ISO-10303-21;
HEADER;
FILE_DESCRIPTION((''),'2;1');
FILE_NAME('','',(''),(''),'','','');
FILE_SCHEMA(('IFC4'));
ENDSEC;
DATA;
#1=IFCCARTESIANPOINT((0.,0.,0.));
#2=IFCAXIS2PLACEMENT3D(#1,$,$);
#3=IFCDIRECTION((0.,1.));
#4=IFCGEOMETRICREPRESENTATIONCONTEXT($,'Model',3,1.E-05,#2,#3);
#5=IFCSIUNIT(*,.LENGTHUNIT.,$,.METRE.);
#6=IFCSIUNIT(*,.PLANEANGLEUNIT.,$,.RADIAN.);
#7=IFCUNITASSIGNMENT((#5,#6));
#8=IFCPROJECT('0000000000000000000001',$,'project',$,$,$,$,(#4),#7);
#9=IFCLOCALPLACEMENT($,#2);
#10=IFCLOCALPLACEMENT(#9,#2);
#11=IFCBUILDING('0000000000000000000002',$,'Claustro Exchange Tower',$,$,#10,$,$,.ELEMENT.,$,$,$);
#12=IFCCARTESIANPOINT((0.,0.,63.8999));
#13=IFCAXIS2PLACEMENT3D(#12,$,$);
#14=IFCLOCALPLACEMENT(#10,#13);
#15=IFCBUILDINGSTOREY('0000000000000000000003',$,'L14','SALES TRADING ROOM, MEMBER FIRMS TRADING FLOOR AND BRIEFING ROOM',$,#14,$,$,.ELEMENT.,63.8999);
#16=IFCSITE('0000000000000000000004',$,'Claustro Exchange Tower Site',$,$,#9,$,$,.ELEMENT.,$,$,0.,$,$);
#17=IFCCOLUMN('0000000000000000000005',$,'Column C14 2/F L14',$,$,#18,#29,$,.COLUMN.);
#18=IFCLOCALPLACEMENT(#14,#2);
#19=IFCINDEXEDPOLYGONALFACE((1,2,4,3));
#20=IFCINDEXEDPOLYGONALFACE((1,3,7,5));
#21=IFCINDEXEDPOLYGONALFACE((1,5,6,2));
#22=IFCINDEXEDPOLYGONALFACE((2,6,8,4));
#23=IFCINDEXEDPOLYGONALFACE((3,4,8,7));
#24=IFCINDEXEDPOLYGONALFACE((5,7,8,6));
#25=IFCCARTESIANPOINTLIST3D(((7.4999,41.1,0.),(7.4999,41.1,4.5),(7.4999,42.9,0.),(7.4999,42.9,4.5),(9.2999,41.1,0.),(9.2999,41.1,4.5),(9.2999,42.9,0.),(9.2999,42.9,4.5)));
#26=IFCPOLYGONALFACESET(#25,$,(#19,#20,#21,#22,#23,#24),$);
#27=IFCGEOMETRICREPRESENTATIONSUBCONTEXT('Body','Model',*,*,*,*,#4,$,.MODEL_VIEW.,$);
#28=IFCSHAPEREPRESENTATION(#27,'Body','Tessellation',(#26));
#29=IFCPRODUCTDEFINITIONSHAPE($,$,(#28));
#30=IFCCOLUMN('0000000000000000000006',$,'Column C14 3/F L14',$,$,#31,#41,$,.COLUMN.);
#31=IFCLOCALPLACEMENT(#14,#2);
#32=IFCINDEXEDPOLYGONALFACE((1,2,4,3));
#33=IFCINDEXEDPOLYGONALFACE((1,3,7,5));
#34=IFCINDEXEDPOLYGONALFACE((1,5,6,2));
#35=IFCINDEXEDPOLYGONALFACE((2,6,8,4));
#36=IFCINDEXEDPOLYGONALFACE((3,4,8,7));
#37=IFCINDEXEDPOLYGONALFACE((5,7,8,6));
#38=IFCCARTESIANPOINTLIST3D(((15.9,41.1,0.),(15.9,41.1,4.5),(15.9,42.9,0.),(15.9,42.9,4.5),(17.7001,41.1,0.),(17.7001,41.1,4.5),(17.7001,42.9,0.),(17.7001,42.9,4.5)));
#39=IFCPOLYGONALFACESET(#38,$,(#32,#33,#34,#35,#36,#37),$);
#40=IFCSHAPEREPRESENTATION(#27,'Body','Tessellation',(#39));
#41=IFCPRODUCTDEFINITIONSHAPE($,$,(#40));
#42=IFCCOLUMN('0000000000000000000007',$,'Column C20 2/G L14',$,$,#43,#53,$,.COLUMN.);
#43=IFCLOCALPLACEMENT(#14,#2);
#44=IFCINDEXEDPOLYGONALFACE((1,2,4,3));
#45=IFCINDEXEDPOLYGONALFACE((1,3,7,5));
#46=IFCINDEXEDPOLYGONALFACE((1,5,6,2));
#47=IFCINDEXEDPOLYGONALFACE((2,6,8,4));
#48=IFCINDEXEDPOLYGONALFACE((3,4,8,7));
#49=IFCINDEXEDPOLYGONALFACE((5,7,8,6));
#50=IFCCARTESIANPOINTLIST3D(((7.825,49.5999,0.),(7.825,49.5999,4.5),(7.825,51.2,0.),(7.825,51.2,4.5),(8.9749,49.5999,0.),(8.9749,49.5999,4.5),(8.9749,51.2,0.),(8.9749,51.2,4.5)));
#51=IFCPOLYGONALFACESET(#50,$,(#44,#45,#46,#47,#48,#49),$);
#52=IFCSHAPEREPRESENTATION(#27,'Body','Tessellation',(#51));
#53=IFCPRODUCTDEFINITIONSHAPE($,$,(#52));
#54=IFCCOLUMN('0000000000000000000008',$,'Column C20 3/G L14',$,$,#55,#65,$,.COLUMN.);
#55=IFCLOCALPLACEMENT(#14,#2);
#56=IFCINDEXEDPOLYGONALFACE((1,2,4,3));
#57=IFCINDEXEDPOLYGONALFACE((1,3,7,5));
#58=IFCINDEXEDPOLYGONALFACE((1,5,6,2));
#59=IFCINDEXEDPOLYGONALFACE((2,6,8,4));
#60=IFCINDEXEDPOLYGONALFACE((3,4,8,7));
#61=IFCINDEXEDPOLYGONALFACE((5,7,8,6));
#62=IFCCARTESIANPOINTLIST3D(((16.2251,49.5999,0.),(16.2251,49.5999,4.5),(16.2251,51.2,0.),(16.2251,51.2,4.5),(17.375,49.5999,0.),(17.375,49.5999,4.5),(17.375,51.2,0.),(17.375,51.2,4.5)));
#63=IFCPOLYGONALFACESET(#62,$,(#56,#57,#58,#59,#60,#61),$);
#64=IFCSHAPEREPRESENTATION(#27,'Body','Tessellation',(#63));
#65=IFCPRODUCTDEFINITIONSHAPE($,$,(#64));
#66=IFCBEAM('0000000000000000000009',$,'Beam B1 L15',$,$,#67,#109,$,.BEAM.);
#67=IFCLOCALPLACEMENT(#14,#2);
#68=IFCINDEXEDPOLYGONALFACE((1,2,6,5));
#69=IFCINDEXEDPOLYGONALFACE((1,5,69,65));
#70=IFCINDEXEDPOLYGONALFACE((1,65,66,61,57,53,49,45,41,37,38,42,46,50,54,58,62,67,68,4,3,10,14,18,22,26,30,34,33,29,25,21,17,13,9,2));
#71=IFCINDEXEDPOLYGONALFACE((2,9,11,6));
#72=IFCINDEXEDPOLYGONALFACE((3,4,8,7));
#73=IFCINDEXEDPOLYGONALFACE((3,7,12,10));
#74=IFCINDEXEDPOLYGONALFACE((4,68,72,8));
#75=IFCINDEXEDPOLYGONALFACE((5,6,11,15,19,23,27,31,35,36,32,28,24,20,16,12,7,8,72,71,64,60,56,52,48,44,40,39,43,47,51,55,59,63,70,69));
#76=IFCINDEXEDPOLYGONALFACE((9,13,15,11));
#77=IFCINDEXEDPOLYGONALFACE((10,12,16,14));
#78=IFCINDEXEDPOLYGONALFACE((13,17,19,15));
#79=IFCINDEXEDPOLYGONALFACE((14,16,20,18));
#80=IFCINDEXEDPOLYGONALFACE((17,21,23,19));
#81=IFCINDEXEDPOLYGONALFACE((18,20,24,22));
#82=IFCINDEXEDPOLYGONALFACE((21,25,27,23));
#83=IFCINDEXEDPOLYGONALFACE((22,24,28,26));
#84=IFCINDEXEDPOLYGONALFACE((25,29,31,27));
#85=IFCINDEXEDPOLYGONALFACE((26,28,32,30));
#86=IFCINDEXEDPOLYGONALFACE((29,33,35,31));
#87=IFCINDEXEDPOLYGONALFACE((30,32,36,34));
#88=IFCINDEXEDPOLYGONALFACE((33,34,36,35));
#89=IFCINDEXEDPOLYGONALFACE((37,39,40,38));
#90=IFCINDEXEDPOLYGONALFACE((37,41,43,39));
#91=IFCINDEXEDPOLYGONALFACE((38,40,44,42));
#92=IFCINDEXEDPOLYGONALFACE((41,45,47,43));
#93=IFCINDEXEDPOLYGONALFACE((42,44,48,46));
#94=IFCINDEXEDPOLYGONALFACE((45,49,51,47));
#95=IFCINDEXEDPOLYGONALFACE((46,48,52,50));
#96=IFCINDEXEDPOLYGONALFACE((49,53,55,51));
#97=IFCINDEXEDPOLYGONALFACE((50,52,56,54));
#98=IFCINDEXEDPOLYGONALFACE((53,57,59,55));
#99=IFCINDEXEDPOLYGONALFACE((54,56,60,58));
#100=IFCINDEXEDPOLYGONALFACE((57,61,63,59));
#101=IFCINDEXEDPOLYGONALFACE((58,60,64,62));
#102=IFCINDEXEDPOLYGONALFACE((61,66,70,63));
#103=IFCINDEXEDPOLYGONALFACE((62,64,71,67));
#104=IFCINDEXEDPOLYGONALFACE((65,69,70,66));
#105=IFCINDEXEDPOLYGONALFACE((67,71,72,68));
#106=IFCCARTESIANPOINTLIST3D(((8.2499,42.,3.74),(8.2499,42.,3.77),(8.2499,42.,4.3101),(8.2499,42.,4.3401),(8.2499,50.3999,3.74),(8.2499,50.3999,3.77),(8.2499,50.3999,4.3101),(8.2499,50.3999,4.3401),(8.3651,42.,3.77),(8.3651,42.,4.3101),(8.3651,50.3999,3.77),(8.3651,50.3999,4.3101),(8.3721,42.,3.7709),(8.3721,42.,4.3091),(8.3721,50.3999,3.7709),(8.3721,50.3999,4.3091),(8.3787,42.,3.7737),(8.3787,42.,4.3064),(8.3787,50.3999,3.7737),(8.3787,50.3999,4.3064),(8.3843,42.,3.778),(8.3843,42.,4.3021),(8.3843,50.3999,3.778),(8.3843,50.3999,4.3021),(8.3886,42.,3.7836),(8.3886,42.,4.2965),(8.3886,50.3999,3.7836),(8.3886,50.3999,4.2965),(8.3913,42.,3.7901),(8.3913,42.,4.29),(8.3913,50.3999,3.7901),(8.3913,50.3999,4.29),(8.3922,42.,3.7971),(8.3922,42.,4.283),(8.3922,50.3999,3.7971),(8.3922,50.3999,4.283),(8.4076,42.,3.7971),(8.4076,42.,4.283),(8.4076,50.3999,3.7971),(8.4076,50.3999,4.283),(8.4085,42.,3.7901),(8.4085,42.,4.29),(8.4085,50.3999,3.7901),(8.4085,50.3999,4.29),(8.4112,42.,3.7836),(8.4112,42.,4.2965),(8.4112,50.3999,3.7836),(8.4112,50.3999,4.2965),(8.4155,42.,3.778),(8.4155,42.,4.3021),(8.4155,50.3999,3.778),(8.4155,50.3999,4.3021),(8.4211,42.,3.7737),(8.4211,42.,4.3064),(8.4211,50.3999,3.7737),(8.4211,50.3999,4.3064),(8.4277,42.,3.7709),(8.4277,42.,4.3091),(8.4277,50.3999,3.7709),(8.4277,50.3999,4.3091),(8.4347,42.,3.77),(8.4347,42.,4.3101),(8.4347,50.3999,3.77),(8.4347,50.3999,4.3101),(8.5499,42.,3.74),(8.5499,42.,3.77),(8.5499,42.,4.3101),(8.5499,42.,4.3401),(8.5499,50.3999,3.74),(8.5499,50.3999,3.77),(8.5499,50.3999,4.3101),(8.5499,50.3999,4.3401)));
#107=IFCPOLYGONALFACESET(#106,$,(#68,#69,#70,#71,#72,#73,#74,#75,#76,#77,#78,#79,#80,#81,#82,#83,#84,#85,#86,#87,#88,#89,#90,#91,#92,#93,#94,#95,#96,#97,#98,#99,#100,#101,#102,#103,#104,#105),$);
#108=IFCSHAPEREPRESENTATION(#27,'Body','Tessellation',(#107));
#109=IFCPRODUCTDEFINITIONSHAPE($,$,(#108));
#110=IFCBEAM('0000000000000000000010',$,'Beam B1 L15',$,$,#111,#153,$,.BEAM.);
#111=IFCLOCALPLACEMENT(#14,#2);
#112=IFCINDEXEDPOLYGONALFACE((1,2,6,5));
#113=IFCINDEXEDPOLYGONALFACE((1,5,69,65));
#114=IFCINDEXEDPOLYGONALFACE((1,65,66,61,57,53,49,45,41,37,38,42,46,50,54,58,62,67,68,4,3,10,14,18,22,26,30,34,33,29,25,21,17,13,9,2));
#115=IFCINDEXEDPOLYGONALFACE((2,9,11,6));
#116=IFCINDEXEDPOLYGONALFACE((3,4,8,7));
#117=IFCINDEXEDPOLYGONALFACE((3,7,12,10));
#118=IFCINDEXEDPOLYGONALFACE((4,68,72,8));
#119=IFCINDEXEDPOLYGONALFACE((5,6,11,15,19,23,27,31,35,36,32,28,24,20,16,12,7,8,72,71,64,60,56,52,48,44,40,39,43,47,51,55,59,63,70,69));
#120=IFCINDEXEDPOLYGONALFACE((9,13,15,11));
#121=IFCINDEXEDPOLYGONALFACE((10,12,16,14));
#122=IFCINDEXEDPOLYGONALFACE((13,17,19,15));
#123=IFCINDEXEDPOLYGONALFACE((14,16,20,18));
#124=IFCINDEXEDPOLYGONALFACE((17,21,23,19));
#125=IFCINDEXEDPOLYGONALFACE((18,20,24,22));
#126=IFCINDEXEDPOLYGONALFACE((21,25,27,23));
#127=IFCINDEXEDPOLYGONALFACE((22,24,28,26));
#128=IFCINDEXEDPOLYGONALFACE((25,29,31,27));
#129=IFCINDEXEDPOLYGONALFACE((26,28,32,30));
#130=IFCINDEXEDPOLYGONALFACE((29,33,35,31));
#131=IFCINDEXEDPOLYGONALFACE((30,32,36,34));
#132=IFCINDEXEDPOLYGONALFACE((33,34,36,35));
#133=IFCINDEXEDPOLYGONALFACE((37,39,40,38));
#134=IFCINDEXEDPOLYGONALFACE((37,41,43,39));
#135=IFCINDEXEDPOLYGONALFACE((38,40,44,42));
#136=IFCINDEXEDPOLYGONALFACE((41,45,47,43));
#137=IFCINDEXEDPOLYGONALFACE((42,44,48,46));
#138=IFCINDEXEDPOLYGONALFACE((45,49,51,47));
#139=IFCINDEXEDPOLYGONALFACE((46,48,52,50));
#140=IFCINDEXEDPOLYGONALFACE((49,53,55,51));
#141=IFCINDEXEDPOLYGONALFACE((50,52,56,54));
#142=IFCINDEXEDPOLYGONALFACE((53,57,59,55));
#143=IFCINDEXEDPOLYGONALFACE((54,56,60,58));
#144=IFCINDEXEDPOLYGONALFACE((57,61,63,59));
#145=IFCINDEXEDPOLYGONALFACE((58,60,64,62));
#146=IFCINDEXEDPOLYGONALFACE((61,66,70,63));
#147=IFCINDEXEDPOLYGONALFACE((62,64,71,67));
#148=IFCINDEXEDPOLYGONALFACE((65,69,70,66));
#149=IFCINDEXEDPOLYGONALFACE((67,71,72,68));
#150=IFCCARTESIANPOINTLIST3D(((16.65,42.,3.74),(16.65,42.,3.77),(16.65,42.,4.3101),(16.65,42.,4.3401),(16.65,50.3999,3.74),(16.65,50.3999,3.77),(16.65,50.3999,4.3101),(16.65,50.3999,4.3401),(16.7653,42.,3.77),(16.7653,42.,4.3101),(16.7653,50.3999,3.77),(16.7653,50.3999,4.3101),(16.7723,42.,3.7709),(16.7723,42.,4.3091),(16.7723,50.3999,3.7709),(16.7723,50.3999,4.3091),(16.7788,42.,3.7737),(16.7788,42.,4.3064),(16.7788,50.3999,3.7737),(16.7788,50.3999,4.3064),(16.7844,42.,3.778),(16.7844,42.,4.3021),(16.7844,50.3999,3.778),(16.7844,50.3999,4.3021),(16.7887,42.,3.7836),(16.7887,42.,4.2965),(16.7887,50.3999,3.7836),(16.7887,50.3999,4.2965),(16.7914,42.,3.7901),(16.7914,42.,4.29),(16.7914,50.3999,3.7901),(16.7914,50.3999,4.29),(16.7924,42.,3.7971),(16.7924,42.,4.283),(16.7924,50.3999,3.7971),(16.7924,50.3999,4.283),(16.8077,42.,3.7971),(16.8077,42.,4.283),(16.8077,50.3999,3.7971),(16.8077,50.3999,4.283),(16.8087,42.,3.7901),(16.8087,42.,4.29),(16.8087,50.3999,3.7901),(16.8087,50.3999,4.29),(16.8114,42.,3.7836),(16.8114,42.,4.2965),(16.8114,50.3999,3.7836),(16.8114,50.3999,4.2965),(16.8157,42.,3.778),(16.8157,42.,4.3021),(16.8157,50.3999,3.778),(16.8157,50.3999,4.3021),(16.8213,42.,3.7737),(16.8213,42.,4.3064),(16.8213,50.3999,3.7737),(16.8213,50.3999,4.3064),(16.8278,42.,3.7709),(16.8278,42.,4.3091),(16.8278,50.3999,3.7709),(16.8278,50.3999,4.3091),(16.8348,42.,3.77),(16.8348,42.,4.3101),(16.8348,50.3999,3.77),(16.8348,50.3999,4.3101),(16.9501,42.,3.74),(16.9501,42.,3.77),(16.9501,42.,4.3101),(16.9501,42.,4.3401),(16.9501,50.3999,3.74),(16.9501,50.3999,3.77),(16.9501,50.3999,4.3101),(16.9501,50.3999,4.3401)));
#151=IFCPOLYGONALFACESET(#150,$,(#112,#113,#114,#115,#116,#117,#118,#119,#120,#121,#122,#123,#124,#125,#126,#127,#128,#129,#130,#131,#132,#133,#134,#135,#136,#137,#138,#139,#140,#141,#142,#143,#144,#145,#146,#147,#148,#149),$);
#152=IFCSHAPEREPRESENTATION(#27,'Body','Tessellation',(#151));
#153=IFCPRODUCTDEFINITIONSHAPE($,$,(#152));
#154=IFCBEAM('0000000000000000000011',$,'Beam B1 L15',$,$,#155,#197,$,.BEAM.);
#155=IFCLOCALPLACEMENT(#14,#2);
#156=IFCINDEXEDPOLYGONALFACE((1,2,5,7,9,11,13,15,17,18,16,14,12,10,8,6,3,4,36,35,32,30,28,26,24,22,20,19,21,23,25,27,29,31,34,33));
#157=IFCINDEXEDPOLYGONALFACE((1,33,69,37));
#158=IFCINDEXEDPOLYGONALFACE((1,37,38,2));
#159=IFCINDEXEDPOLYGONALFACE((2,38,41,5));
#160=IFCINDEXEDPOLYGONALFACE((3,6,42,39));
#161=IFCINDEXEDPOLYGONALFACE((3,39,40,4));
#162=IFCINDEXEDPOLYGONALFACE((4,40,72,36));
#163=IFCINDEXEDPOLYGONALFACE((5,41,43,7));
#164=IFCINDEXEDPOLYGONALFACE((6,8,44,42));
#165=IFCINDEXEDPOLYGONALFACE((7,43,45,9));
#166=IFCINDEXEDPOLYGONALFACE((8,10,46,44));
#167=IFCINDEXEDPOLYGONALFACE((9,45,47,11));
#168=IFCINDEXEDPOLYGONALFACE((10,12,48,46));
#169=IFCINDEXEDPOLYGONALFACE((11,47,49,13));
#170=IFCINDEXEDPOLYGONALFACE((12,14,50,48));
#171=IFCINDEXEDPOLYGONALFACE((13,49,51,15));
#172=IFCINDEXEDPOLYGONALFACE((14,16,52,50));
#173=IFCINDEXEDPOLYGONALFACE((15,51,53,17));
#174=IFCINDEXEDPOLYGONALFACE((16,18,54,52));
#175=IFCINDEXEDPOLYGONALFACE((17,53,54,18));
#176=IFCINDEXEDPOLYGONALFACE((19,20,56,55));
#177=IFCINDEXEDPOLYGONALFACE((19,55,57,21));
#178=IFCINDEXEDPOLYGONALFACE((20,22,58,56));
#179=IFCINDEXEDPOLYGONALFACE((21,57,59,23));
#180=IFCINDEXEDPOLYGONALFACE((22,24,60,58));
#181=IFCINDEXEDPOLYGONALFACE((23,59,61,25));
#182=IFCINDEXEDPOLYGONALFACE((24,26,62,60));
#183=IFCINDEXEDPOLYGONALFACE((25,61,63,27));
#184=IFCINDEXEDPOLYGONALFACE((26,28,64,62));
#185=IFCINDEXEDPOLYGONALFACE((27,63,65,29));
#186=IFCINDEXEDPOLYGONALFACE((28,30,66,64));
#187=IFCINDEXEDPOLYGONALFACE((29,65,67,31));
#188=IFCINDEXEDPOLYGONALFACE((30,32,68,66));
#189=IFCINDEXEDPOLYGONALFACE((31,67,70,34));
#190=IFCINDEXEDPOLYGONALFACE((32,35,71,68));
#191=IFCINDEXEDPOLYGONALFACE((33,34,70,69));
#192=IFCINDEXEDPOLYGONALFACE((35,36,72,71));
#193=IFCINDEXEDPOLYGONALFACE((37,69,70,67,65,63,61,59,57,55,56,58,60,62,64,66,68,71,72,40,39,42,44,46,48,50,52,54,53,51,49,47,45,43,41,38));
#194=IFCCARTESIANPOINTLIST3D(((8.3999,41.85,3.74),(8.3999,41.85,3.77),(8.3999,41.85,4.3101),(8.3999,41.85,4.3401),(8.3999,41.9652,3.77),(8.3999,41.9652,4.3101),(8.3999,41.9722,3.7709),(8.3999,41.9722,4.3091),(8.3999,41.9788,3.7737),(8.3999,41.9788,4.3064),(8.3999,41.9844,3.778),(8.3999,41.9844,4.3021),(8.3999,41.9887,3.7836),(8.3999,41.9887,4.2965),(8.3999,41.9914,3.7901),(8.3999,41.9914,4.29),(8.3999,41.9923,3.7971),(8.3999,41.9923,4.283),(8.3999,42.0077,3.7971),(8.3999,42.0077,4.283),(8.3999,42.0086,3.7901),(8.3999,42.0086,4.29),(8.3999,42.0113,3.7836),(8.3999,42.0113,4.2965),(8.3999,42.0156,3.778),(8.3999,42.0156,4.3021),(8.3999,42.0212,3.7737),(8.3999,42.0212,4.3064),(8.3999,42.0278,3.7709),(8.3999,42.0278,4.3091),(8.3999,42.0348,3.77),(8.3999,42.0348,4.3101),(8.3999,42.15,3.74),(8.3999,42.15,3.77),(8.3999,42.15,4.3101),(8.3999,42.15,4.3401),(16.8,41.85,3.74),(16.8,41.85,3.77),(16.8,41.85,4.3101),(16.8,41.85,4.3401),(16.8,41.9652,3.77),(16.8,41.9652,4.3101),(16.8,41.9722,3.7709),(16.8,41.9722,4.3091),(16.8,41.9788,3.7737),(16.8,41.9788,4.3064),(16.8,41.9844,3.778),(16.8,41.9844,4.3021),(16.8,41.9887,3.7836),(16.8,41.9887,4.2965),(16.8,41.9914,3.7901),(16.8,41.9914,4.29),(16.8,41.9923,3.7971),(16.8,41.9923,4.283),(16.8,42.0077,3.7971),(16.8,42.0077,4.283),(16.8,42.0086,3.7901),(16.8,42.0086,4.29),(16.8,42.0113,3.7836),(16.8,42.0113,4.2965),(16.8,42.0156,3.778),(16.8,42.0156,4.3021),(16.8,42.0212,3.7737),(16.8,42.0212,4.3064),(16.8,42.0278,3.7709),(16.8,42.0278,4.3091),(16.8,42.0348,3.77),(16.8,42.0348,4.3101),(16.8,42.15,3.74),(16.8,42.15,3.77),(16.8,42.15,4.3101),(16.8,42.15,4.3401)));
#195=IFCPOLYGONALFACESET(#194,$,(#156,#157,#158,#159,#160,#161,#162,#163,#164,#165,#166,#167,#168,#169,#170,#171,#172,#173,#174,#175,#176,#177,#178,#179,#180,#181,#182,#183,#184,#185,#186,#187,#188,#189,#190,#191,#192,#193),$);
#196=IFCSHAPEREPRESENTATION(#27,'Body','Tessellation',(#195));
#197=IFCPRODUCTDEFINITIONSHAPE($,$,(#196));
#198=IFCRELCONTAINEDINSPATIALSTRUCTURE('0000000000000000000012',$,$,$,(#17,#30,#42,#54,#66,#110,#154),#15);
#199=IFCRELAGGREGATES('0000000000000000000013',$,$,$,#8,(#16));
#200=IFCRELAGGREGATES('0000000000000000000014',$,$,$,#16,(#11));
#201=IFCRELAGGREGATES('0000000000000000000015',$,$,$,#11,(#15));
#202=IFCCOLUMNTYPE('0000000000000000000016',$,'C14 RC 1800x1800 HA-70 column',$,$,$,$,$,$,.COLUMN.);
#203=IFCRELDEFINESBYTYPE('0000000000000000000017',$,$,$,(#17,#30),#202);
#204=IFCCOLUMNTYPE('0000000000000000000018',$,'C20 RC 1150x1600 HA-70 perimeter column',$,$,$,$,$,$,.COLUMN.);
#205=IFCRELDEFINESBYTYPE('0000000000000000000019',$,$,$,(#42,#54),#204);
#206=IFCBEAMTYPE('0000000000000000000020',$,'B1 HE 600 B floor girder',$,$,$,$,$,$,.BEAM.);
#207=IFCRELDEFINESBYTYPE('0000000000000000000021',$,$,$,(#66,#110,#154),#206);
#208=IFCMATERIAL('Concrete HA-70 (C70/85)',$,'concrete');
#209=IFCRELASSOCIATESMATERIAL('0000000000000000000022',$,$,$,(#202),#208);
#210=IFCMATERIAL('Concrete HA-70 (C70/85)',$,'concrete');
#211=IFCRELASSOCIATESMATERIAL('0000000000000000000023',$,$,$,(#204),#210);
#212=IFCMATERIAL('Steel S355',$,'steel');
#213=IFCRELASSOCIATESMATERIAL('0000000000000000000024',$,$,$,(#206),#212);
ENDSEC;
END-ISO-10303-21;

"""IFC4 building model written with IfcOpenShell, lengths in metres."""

from ifc_helpers import new_model, si_unit, direction, frame, origin, origin_2d, place, context, subcontext, project, spatial, rectangle, i_section, extrude, material, material_profile, profile_set, type_object, element, save


model = new_model("IFC4")

# Units and contexts
model_context = context("Model", 3, precision=1e-05, world=origin(), true_north=direction((0.0, 1.0)))
body_context = subcontext(model_context, "Body", "Model", "MODEL_VIEW")
ifc_project = project(units=[si_unit("LENGTHUNIT", "METRE"), si_unit("PLANEANGLEUNIT", "RADIAN")], contexts=[model_context])

# Site, building, storey
site_placement = place(None, origin())
site = spatial("IfcSite", under=ifc_project, at=site_placement, Name="Claustro Exchange Tower Site", CompositionType="ELEMENT", RefElevation=0.0)
building_placement = place(site_placement, origin())
building = spatial("IfcBuilding", under=site, at=building_placement, Name="Claustro Exchange Tower", CompositionType="ELEMENT")
storey_placement = place(building_placement, frame((0.0, 0.0, 63.8999)))
storey = spatial("IfcBuildingStorey", under=building, at=storey_placement, Name="L14", Description="SALES TRADING ROOM, MEMBER FIRMS TRADING FLOOR AND BRIEFING ROOM", CompositionType="ELEMENT", Elevation=63.8999)

# Columns
ifc_material_1 = material(Name="Concrete HA-70 (C70/85)", Category="concrete")
ifc_material_profile_1 = material_profile(ifc_material_1, rectangle(XDim=1.8, YDim=1.8, at=origin_2d()), Name="RC 1800x1800")
ifc_profile_set_1 = profile_set([ifc_material_profile_1], Name="Concrete HA-70 (C70/85)")
column_type_1 = type_object("IfcColumnType", Name="C14 RC 1800x1800 HA-70 column", PredefinedType="COLUMN", material=ifc_profile_set_1)
for number, where, z_axis, x_axis, name in (
    (1, (8.3999, 42.0, 0.0), (0.0, 0.0, 1.0), (1.0, 0.0, 0.0), "Column C14 2/F L14"),
    (2, (16.8, 42.0, 0.0), (0.0, 0.0, 1.0), (1.0, 0.0, 0.0), "Column C14 3/F L14"),
):
    element("IfcColumn", number, at=place(storey_placement, frame(where, z_axis=z_axis, x_axis=x_axis)), inside=storey, type_object=column_type_1, Name=name, PredefinedType="COLUMN", context=body_context, shape_type="SweptSolid", body=[
        extrude(rectangle(XDim=1.8, YDim=1.8, at=origin_2d()), origin(), (0.0, 0.0, 1.0), 4.5),
    ])
ifc_material_2 = material(Name="Concrete HA-70 (C70/85)", Category="concrete")
ifc_material_profile_2 = material_profile(ifc_material_2, rectangle(XDim=1.1499, YDim=1.6001, at=origin_2d()), Name="RC 1150x1600")
ifc_profile_set_2 = profile_set([ifc_material_profile_2], Name="Concrete HA-70 (C70/85)")
column_type_2 = type_object("IfcColumnType", Name="C20 RC 1150x1600 HA-70 perimeter column", PredefinedType="COLUMN", material=ifc_profile_set_2)
for number, where, z_axis, x_axis, name in (
    (3, (8.3999, 50.3999, 0.0), (0.0, 0.0, 1.0), (1.0, 0.0, 0.0), "Column C20 2/G L14"),
    (4, (16.8, 50.3999, 0.0), (0.0, 0.0, 1.0), (1.0, 0.0, 0.0), "Column C20 3/G L14"),
):
    element("IfcColumn", number, at=place(storey_placement, frame(where, z_axis=z_axis, x_axis=x_axis)), inside=storey, type_object=column_type_2, Name=name, PredefinedType="COLUMN", context=body_context, shape_type="SweptSolid", body=[
        extrude(rectangle(XDim=1.1499, YDim=1.6001, at=origin_2d()), origin(), (0.0, 0.0, 1.0), 4.5),
    ])

# Beams
ifc_material_3 = material(Name="Steel S355", Category="steel")
ifc_material_profile_3 = material_profile(ifc_material_3, i_section(OverallWidth=0.3, OverallDepth=0.6001, WebThickness=0.0154, FlangeThickness=0.03, FilletRadius=0.0271, at=origin_2d()), Name="HE 600 B")
ifc_profile_set_3 = profile_set([ifc_material_profile_3], Name="Steel S355")
beam_type_1 = type_object("IfcBeamType", Name="B1 HE 600 B floor girder", PredefinedType="BEAM", material=ifc_profile_set_3)
for number, where, z_axis, x_axis, name in (
    (5, (8.3999, 42.0, 4.04), (0.0, 1.0, 0.0), (-1.0, 0.0, 0.0), "Beam B1 L15"),
    (6, (16.8, 42.0, 4.04), (0.0, 1.0, 0.0), (-1.0, 0.0, 0.0), "Beam B1 L15"),
):
    element("IfcBeam", number, at=place(storey_placement, frame(where, z_axis=z_axis, x_axis=x_axis)), inside=storey, type_object=beam_type_1, Name=name, PredefinedType="BEAM", context=body_context, shape_type="SweptSolid", body=[
        extrude(i_section(OverallWidth=0.3, OverallDepth=0.6001, WebThickness=0.0154, FlangeThickness=0.03, FilletRadius=0.0271, at=origin_2d()), origin(), (0.0, 0.0, 1.0), 8.3999),
    ])
beam_1_placement = place(storey_placement, frame((8.3999, 42.0, 4.04), z_axis=(1.0, 0.0, 0.0), x_axis=(0.0, 1.0, 0.0)))
element("IfcBeam", 7, at=beam_1_placement, inside=storey, type_object=beam_type_1, Name="Beam B1 L15", PredefinedType="BEAM", context=body_context, shape_type="SweptSolid", body=[
    extrude(i_section(OverallWidth=0.3, OverallDepth=0.6001, WebThickness=0.0154, FlangeThickness=0.03, FilletRadius=0.0271, at=origin_2d()), origin(), (0.0, 0.0, 1.0), 8.4001),
])

save(model, "model.ifc")
